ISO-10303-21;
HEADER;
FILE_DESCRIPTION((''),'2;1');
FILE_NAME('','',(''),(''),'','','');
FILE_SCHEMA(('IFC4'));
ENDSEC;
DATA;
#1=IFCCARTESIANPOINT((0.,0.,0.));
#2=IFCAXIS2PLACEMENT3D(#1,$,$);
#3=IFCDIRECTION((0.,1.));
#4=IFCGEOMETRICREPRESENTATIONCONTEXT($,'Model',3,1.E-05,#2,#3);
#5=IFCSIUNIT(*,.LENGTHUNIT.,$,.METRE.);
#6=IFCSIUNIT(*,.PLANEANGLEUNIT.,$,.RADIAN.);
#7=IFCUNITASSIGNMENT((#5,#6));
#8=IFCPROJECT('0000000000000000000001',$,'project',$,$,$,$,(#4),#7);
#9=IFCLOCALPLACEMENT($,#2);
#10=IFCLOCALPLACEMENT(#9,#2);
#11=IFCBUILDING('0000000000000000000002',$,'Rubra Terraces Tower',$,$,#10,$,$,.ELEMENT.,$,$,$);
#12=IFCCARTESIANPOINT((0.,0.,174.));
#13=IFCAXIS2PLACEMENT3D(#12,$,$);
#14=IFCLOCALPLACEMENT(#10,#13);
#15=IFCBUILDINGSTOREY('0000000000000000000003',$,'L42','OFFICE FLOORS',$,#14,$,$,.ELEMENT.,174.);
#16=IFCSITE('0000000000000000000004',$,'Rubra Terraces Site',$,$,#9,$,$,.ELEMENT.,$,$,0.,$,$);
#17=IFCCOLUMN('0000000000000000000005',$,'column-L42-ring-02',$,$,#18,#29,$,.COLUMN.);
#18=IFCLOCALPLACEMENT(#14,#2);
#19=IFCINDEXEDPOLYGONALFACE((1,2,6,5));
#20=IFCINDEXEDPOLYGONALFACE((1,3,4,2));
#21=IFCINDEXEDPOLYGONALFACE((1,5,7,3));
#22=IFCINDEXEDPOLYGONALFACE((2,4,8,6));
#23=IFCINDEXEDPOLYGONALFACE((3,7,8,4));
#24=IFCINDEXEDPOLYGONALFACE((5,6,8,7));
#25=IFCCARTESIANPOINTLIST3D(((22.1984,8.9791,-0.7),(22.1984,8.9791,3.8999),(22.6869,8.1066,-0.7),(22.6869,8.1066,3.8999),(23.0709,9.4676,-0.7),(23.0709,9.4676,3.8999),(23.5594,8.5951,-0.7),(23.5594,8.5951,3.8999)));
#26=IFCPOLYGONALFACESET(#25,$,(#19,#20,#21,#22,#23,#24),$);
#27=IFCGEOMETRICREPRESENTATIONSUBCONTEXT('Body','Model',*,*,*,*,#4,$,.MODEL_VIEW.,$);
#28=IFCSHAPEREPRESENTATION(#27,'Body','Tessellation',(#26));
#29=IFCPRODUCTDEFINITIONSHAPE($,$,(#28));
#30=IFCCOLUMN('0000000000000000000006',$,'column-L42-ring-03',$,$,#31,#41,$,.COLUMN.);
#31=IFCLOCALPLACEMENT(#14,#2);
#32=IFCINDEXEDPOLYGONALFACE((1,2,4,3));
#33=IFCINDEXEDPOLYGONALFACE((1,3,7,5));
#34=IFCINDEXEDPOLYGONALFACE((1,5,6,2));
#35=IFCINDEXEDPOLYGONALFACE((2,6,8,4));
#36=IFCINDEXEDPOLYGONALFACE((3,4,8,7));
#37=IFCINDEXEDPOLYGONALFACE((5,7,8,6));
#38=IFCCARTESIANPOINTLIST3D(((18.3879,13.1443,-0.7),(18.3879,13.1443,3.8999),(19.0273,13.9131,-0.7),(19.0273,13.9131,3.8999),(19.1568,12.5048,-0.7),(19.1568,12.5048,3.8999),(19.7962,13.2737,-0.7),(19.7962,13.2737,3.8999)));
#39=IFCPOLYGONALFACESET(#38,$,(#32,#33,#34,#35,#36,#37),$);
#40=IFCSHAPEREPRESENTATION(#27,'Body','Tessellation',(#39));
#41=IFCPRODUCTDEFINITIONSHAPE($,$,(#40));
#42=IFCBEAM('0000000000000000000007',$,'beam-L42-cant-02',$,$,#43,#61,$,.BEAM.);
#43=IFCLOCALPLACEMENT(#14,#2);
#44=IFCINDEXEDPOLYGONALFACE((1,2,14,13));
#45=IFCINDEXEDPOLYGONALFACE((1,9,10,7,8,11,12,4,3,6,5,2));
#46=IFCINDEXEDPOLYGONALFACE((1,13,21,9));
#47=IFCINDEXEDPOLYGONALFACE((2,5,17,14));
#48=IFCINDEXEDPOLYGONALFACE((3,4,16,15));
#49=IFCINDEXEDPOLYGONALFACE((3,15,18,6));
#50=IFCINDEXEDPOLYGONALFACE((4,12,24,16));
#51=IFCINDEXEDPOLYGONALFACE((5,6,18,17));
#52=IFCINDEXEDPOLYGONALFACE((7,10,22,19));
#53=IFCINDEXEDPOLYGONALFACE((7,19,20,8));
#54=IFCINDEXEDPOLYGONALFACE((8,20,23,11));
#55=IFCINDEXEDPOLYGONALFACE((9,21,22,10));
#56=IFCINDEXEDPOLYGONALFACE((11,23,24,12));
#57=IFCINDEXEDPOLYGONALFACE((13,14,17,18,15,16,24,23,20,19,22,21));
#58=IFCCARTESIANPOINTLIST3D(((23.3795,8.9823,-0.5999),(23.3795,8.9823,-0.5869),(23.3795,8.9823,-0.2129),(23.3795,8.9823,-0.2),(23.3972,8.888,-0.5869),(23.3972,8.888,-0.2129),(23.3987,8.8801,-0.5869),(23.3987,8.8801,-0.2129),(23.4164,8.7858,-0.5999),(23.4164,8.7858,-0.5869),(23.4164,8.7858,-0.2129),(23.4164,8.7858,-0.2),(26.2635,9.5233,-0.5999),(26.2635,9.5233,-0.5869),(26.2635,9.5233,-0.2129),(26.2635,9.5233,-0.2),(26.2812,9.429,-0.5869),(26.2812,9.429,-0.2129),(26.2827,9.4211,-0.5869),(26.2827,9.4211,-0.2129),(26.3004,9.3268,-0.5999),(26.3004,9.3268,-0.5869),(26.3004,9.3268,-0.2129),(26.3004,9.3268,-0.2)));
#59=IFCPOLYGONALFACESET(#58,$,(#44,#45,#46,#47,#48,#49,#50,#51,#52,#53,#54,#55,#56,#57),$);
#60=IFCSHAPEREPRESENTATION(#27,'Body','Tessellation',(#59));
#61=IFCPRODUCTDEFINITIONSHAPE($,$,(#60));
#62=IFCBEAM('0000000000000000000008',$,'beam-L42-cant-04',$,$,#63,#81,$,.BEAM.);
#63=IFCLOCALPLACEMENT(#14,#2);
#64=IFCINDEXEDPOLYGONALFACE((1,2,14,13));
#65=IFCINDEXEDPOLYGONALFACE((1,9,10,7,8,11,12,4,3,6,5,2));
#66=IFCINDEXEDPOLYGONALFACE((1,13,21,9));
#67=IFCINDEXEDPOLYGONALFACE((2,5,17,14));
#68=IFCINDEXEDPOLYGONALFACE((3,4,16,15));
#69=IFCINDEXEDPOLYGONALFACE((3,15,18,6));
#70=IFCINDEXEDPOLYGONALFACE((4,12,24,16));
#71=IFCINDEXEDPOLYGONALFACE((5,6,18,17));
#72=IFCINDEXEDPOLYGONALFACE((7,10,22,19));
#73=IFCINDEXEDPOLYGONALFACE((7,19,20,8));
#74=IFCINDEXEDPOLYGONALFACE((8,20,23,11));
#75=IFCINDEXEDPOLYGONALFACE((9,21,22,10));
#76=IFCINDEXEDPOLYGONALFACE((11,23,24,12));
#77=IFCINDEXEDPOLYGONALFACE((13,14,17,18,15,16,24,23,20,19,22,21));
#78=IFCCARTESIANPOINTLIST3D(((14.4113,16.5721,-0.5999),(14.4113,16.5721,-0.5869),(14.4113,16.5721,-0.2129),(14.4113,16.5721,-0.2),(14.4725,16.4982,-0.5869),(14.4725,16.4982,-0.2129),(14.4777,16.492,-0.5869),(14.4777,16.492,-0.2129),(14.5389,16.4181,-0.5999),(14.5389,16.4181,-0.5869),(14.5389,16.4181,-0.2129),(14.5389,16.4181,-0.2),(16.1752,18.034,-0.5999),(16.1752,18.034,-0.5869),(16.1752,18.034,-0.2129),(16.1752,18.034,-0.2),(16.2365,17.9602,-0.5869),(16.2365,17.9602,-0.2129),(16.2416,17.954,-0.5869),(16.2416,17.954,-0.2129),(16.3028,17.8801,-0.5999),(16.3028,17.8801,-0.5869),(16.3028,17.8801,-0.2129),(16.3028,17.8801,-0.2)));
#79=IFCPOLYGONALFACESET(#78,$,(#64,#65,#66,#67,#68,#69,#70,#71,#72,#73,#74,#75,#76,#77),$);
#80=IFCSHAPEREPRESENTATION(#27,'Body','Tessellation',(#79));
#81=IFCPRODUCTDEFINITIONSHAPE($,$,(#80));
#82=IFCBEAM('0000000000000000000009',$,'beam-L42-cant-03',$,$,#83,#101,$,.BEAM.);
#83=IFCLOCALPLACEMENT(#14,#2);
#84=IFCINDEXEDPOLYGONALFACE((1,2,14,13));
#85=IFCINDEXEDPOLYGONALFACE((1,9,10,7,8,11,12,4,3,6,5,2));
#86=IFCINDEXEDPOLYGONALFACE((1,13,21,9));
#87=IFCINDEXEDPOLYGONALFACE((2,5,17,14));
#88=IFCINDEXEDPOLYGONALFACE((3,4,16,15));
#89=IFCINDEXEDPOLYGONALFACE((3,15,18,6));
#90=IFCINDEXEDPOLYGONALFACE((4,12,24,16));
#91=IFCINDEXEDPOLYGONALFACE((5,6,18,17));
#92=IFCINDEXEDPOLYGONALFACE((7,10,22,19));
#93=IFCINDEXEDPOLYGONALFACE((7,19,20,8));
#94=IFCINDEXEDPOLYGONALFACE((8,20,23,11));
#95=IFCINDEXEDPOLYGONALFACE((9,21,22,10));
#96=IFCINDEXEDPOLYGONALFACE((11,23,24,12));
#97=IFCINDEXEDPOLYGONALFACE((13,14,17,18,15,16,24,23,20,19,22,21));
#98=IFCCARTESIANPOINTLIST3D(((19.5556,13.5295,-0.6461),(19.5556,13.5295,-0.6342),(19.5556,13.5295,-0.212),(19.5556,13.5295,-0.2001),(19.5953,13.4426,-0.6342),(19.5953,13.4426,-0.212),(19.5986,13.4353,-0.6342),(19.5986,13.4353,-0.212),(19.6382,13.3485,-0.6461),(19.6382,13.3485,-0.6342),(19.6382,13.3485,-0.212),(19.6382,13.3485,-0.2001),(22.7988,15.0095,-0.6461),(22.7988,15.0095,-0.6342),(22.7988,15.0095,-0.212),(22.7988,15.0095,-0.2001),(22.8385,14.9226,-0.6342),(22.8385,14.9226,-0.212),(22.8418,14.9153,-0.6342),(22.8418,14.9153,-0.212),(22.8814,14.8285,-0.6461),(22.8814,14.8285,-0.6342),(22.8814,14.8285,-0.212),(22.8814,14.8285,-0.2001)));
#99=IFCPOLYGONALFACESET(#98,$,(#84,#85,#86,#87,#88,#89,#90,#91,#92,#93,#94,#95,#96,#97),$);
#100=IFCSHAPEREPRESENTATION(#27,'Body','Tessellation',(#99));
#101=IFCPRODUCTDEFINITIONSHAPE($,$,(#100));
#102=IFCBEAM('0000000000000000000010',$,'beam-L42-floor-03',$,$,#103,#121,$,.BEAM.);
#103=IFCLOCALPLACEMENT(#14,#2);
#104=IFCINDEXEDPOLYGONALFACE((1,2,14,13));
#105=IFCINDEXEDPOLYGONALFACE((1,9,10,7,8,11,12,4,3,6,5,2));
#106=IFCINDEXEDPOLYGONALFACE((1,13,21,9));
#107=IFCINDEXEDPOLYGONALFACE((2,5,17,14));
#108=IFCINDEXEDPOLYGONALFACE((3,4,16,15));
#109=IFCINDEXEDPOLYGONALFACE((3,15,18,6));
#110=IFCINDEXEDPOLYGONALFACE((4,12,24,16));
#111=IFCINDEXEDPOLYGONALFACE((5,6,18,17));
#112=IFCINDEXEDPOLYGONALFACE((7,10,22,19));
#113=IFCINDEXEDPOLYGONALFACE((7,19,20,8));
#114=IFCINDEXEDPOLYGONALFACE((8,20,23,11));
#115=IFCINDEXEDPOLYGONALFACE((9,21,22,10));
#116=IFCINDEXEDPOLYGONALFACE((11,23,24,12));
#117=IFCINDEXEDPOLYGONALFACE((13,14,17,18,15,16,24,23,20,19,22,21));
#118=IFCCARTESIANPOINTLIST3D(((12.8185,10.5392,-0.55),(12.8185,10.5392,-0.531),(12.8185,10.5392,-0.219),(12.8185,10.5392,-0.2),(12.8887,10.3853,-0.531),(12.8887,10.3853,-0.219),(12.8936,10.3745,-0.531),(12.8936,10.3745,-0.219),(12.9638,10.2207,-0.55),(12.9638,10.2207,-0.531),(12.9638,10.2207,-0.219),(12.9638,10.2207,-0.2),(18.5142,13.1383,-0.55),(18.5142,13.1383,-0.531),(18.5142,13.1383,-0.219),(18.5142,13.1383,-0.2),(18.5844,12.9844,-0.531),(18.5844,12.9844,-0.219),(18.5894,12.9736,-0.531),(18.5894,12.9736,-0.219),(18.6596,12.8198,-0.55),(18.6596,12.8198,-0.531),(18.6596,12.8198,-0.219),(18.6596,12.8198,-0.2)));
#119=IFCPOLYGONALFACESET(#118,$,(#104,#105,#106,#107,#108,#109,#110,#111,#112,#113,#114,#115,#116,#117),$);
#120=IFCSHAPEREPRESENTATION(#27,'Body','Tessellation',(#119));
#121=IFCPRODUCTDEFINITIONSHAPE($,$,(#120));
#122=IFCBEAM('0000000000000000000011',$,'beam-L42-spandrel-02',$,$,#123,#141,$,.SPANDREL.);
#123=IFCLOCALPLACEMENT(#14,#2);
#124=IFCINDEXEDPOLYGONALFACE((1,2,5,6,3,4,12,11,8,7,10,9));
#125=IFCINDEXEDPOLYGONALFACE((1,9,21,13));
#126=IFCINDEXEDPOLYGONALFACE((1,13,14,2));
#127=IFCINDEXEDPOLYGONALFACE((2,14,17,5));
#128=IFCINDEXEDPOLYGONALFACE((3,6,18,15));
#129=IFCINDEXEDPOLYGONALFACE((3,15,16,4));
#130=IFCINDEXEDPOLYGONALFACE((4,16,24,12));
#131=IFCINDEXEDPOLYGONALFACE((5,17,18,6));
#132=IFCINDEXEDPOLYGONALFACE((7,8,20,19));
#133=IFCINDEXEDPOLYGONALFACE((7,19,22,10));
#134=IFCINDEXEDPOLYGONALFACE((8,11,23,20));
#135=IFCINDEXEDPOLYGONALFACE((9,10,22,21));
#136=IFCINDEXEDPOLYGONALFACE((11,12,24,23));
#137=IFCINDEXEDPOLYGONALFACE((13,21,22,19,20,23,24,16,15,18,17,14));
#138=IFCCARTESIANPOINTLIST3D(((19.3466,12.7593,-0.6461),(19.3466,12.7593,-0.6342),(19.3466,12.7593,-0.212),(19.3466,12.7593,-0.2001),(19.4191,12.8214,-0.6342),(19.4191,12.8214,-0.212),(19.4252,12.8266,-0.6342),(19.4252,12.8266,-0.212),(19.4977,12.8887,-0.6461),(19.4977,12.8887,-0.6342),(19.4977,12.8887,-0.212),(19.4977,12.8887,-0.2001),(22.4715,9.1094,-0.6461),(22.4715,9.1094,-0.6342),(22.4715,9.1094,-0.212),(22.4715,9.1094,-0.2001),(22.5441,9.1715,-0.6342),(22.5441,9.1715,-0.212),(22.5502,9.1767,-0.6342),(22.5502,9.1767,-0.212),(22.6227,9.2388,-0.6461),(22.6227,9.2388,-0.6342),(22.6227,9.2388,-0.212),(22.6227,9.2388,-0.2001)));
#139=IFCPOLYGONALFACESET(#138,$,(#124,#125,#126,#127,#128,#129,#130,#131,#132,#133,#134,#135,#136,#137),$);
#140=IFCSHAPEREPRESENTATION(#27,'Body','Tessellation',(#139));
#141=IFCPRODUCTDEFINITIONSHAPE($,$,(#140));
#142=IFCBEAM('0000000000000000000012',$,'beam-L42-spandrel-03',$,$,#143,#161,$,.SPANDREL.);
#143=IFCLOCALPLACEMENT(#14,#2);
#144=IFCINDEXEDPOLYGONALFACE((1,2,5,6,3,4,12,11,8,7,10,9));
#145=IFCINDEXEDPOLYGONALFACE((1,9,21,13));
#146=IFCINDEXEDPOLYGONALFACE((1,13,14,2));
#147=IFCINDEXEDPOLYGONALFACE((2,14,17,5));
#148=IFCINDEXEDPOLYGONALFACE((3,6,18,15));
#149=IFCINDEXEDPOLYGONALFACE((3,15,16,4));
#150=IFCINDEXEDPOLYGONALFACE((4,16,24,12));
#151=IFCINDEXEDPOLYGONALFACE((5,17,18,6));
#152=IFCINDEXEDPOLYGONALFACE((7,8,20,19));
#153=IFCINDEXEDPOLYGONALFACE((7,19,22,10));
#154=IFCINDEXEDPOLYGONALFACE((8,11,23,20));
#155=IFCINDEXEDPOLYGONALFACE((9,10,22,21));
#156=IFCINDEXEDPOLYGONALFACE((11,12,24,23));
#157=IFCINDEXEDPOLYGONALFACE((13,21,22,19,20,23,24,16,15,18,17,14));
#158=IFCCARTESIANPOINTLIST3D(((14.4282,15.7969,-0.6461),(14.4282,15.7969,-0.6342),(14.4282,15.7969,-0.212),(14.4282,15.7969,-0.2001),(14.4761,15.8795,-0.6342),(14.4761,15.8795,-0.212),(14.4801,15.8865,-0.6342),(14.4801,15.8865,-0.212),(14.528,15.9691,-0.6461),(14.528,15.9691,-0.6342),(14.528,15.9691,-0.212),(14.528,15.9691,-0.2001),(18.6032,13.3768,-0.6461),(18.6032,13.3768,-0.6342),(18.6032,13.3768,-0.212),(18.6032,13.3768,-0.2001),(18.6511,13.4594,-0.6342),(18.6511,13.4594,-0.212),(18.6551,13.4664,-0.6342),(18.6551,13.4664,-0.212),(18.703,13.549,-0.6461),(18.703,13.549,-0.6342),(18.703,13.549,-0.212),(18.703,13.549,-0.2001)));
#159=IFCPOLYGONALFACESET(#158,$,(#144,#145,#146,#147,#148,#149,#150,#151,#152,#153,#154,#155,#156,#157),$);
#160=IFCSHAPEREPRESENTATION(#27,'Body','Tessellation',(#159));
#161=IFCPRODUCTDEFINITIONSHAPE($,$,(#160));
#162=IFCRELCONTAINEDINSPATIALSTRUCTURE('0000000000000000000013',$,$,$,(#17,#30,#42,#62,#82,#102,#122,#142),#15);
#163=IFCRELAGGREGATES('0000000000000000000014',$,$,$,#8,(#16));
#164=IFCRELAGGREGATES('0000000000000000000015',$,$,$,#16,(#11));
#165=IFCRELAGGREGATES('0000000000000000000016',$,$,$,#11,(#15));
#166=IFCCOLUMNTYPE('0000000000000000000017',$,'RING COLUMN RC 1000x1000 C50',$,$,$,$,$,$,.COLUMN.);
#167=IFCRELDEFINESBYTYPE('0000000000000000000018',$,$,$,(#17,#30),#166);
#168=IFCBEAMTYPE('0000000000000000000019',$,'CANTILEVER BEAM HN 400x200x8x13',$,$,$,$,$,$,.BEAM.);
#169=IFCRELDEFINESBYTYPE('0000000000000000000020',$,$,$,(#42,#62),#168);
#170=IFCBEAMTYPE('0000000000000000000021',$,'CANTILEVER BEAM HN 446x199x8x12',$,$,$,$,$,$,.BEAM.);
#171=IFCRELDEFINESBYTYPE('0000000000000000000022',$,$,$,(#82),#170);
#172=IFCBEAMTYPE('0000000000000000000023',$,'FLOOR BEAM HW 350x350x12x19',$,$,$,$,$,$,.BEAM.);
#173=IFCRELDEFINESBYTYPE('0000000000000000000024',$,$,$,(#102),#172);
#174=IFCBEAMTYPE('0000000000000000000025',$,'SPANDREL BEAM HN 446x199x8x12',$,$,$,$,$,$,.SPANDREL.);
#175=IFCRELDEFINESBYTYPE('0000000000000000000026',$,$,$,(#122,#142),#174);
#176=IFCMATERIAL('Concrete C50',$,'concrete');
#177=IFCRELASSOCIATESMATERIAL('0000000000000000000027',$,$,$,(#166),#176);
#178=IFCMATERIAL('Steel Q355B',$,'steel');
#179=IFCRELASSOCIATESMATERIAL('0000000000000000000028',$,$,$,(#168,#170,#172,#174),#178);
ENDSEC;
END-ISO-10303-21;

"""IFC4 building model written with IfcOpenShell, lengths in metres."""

from ifc_helpers import new_model, si_unit, direction, frame, origin, origin_2d, place, context, subcontext, project, spatial, rectangle, i_section, extrude, material, material_profile, profile_set, type_object, element, save


model = new_model("IFC4")

# Units and contexts
model_context = context("Model", 3, precision=1e-05, world=origin(), true_north=direction((0.0, 1.0)))
body_context = subcontext(model_context, "Body", "Model", "MODEL_VIEW")
ifc_project = project(units=[si_unit("LENGTHUNIT", "METRE"), si_unit("PLANEANGLEUNIT", "RADIAN")], contexts=[model_context])

# Site, building, storey
site_placement = place(None, origin())
site = spatial("IfcSite", under=ifc_project, at=site_placement, Name="Rubra Terraces Site", CompositionType="ELEMENT", RefElevation=0.0)
building_placement = place(site_placement, origin())
building = spatial("IfcBuilding", under=site, at=building_placement, Name="Rubra Terraces Tower", CompositionType="ELEMENT")
storey_placement = place(building_placement, frame((0.0, 0.0, 174.0)))
storey = spatial("IfcBuildingStorey", under=building, at=storey_placement, Name="L42", Description="OFFICE FLOORS", CompositionType="ELEMENT", Elevation=174.0)

# Columns
ifc_material_1 = material(Name="Concrete C50", Category="concrete")
ifc_material_profile_1 = material_profile(ifc_material_1, rectangle(XDim=1.0, YDim=1.0, at=origin_2d()), Name="RC 1000x1000")
ifc_profile_set_1 = profile_set([ifc_material_profile_1], Name="Concrete C50")
column_type = type_object("IfcColumnType", Name="RING COLUMN RC 1000x1000 C50", PredefinedType="COLUMN", material=ifc_profile_set_1)
for number, where, z_axis, x_axis, name in (
    (1, (22.8789, 8.7871, -0.7), (0.0, 0.0, 1.0), (-0.488526, 0.872549, 0.0), "column-L42-ring-02"),
    (2, (19.092, 13.209, -0.7), (0.0, 0.0, 1.0), (-0.76887, 0.639405, 0.0), "column-L42-ring-03"),
):
    element("IfcColumn", number, at=place(storey_placement, frame(where, z_axis=z_axis, x_axis=x_axis)), inside=storey, type_object=column_type, Name=name, PredefinedType="COLUMN", context=body_context, shape_type="SweptSolid", body=[
        extrude(rectangle(XDim=1.0, YDim=1.0, at=origin_2d()), origin(), (0.0, 0.0, 1.0), 4.5999),
    ])

# Beams
ifc_material_2 = material(Name="Steel Q355B", Category="steel")
ifc_material_profile_2 = material_profile(ifc_material_2, i_section(OverallWidth=0.2, OverallDepth=0.3999, WebThickness=0.0081, FlangeThickness=0.0129, at=origin_2d()), Name="HN 400x200x8x13")
ifc_profile_set_2 = profile_set([ifc_material_profile_2], Name="Steel Q355B")
beam_type_1 = type_object("IfcBeamType", Name="CANTILEVER BEAM HN 400x200x8x13", PredefinedType="BEAM", material=ifc_profile_set_2)
beam_1_placement = place(storey_placement, frame((23.3979, 8.884, -0.3999), z_axis=(0.982856, 0.184374, 0.0), x_axis=(-0.184374, 0.982856, 0.0)))
element("IfcBeam", 3, at=beam_1_placement, inside=storey, type_object=beam_type_1, Name="beam-L42-cant-02", PredefinedType="BEAM", context=body_context, shape_type="SweptSolid", body=[
    extrude(i_section(OverallWidth=0.2, OverallDepth=0.3999, WebThickness=0.0081, FlangeThickness=0.0129, at=origin_2d()), origin(), (0.0, 0.0, 1.0), 2.9343),
])
beam_2_placement = place(storey_placement, frame((14.4751, 16.4951, -0.3999), z_axis=(0.769939, 0.638117, 0.0), x_axis=(-0.638117, 0.769939, 0.0)))
element("IfcBeam", 4, at=beam_2_placement, inside=storey, type_object=beam_type_1, Name="beam-L42-cant-04", PredefinedType="BEAM", context=body_context, shape_type="SweptSolid", body=[
    extrude(i_section(OverallWidth=0.2, OverallDepth=0.3999, WebThickness=0.0081, FlangeThickness=0.0129, at=origin_2d()), origin(), (0.0, 0.0, 1.0), 2.291),
])
ifc_material_profile_3 = material_profile(ifc_material_2, i_section(OverallWidth=0.199, OverallDepth=0.446, WebThickness=0.0081, FlangeThickness=0.012, at=origin_2d()), Name="HN 446x199x8x12")
ifc_profile_set_3 = profile_set([ifc_material_profile_3], Name="Steel Q355B")
beam_type_2 = type_object("IfcBeamType", Name="CANTILEVER BEAM HN 446x199x8x12", PredefinedType="BEAM", material=ifc_profile_set_3)
beam_3_placement = place(storey_placement, frame((19.5969, 13.439, -0.4231), z_axis=(0.909751, 0.415154, 0.0), x_axis=(-0.415154, 0.909751, 0.0)))
element("IfcBeam", 5, at=beam_3_placement, inside=storey, type_object=beam_type_2, Name="beam-L42-cant-03", PredefinedType="BEAM", context=body_context, shape_type="SweptSolid", body=[
    extrude(i_section(OverallWidth=0.199, OverallDepth=0.446, WebThickness=0.0081, FlangeThickness=0.012, at=origin_2d()), origin(), (0.0, 0.0, 1.0), 3.5649),
])
ifc_material_profile_4 = material_profile(ifc_material_2, i_section(OverallWidth=0.3501, OverallDepth=0.3501, WebThickness=0.012, FlangeThickness=0.019, at=origin_2d()), Name="HW 350x350x12x19")
ifc_profile_set_4 = profile_set([ifc_material_profile_4], Name="Steel Q355B")
beam_type_3 = type_object("IfcBeamType", Name="FLOOR BEAM HW 350x350x12x19", PredefinedType="BEAM", material=ifc_profile_set_4)
beam_4_placement = place(storey_placement, frame((18.5869, 12.979, -0.375), z_axis=(-0.909757, -0.415142, 0.0), x_axis=(0.415142, -0.909757, 0.0)))
element("IfcBeam", 6, at=beam_4_placement, inside=storey, type_object=beam_type_3, Name="beam-L42-floor-03", PredefinedType="BEAM", context=body_context, shape_type="SweptSolid", body=[
    extrude(i_section(OverallWidth=0.3501, OverallDepth=0.3501, WebThickness=0.012, FlangeThickness=0.019, at=origin_2d()), origin(), (0.0, 0.0, 1.0), 6.2607),
])
ifc_material_profile_5 = material_profile(ifc_material_2, i_section(OverallWidth=0.199, OverallDepth=0.446, WebThickness=0.0081, FlangeThickness=0.012, at=origin_2d()), Name="HN 446x199x8x12")
ifc_profile_set_5 = profile_set([ifc_material_profile_5], Name="Steel Q355B")
beam_type_4 = type_object("IfcBeamType", Name="SPANDREL BEAM HN 446x199x8x12", PredefinedType="SPANDREL", material=ifc_profile_set_5)
beam_5_placement = place(storey_placement, frame((22.5471, 9.1741, -0.4231), z_axis=(-0.650373, 0.759615, 0.0), x_axis=(-0.759615, -0.650373, 0.0)))
element("IfcBeam", 7, at=beam_5_placement, inside=storey, type_object=beam_type_4, Name="beam-L42-spandrel-02", PredefinedType="SPANDREL", context=body_context, shape_type="SweptSolid", body=[
    extrude(i_section(OverallWidth=0.199, OverallDepth=0.446, WebThickness=0.0081, FlangeThickness=0.012, at=origin_2d()), origin(), (0.0, 0.0, 1.0), 4.8049),
])
beam_6_placement = place(storey_placement, frame((18.6531, 13.4629, -0.4231), z_axis=(-0.865154, 0.501507, 0.0), x_axis=(-0.501507, -0.865154, 0.0)))
element("IfcBeam", 8, at=beam_6_placement, inside=storey, type_object=beam_type_4, Name="beam-L42-spandrel-03", PredefinedType="SPANDREL", context=body_context, shape_type="SweptSolid", body=[
    extrude(i_section(OverallWidth=0.199, OverallDepth=0.446, WebThickness=0.0081, FlangeThickness=0.012, at=origin_2d()), origin(), (0.0, 0.0, 1.0), 4.8257),
])

save(model, "model.ifc")
